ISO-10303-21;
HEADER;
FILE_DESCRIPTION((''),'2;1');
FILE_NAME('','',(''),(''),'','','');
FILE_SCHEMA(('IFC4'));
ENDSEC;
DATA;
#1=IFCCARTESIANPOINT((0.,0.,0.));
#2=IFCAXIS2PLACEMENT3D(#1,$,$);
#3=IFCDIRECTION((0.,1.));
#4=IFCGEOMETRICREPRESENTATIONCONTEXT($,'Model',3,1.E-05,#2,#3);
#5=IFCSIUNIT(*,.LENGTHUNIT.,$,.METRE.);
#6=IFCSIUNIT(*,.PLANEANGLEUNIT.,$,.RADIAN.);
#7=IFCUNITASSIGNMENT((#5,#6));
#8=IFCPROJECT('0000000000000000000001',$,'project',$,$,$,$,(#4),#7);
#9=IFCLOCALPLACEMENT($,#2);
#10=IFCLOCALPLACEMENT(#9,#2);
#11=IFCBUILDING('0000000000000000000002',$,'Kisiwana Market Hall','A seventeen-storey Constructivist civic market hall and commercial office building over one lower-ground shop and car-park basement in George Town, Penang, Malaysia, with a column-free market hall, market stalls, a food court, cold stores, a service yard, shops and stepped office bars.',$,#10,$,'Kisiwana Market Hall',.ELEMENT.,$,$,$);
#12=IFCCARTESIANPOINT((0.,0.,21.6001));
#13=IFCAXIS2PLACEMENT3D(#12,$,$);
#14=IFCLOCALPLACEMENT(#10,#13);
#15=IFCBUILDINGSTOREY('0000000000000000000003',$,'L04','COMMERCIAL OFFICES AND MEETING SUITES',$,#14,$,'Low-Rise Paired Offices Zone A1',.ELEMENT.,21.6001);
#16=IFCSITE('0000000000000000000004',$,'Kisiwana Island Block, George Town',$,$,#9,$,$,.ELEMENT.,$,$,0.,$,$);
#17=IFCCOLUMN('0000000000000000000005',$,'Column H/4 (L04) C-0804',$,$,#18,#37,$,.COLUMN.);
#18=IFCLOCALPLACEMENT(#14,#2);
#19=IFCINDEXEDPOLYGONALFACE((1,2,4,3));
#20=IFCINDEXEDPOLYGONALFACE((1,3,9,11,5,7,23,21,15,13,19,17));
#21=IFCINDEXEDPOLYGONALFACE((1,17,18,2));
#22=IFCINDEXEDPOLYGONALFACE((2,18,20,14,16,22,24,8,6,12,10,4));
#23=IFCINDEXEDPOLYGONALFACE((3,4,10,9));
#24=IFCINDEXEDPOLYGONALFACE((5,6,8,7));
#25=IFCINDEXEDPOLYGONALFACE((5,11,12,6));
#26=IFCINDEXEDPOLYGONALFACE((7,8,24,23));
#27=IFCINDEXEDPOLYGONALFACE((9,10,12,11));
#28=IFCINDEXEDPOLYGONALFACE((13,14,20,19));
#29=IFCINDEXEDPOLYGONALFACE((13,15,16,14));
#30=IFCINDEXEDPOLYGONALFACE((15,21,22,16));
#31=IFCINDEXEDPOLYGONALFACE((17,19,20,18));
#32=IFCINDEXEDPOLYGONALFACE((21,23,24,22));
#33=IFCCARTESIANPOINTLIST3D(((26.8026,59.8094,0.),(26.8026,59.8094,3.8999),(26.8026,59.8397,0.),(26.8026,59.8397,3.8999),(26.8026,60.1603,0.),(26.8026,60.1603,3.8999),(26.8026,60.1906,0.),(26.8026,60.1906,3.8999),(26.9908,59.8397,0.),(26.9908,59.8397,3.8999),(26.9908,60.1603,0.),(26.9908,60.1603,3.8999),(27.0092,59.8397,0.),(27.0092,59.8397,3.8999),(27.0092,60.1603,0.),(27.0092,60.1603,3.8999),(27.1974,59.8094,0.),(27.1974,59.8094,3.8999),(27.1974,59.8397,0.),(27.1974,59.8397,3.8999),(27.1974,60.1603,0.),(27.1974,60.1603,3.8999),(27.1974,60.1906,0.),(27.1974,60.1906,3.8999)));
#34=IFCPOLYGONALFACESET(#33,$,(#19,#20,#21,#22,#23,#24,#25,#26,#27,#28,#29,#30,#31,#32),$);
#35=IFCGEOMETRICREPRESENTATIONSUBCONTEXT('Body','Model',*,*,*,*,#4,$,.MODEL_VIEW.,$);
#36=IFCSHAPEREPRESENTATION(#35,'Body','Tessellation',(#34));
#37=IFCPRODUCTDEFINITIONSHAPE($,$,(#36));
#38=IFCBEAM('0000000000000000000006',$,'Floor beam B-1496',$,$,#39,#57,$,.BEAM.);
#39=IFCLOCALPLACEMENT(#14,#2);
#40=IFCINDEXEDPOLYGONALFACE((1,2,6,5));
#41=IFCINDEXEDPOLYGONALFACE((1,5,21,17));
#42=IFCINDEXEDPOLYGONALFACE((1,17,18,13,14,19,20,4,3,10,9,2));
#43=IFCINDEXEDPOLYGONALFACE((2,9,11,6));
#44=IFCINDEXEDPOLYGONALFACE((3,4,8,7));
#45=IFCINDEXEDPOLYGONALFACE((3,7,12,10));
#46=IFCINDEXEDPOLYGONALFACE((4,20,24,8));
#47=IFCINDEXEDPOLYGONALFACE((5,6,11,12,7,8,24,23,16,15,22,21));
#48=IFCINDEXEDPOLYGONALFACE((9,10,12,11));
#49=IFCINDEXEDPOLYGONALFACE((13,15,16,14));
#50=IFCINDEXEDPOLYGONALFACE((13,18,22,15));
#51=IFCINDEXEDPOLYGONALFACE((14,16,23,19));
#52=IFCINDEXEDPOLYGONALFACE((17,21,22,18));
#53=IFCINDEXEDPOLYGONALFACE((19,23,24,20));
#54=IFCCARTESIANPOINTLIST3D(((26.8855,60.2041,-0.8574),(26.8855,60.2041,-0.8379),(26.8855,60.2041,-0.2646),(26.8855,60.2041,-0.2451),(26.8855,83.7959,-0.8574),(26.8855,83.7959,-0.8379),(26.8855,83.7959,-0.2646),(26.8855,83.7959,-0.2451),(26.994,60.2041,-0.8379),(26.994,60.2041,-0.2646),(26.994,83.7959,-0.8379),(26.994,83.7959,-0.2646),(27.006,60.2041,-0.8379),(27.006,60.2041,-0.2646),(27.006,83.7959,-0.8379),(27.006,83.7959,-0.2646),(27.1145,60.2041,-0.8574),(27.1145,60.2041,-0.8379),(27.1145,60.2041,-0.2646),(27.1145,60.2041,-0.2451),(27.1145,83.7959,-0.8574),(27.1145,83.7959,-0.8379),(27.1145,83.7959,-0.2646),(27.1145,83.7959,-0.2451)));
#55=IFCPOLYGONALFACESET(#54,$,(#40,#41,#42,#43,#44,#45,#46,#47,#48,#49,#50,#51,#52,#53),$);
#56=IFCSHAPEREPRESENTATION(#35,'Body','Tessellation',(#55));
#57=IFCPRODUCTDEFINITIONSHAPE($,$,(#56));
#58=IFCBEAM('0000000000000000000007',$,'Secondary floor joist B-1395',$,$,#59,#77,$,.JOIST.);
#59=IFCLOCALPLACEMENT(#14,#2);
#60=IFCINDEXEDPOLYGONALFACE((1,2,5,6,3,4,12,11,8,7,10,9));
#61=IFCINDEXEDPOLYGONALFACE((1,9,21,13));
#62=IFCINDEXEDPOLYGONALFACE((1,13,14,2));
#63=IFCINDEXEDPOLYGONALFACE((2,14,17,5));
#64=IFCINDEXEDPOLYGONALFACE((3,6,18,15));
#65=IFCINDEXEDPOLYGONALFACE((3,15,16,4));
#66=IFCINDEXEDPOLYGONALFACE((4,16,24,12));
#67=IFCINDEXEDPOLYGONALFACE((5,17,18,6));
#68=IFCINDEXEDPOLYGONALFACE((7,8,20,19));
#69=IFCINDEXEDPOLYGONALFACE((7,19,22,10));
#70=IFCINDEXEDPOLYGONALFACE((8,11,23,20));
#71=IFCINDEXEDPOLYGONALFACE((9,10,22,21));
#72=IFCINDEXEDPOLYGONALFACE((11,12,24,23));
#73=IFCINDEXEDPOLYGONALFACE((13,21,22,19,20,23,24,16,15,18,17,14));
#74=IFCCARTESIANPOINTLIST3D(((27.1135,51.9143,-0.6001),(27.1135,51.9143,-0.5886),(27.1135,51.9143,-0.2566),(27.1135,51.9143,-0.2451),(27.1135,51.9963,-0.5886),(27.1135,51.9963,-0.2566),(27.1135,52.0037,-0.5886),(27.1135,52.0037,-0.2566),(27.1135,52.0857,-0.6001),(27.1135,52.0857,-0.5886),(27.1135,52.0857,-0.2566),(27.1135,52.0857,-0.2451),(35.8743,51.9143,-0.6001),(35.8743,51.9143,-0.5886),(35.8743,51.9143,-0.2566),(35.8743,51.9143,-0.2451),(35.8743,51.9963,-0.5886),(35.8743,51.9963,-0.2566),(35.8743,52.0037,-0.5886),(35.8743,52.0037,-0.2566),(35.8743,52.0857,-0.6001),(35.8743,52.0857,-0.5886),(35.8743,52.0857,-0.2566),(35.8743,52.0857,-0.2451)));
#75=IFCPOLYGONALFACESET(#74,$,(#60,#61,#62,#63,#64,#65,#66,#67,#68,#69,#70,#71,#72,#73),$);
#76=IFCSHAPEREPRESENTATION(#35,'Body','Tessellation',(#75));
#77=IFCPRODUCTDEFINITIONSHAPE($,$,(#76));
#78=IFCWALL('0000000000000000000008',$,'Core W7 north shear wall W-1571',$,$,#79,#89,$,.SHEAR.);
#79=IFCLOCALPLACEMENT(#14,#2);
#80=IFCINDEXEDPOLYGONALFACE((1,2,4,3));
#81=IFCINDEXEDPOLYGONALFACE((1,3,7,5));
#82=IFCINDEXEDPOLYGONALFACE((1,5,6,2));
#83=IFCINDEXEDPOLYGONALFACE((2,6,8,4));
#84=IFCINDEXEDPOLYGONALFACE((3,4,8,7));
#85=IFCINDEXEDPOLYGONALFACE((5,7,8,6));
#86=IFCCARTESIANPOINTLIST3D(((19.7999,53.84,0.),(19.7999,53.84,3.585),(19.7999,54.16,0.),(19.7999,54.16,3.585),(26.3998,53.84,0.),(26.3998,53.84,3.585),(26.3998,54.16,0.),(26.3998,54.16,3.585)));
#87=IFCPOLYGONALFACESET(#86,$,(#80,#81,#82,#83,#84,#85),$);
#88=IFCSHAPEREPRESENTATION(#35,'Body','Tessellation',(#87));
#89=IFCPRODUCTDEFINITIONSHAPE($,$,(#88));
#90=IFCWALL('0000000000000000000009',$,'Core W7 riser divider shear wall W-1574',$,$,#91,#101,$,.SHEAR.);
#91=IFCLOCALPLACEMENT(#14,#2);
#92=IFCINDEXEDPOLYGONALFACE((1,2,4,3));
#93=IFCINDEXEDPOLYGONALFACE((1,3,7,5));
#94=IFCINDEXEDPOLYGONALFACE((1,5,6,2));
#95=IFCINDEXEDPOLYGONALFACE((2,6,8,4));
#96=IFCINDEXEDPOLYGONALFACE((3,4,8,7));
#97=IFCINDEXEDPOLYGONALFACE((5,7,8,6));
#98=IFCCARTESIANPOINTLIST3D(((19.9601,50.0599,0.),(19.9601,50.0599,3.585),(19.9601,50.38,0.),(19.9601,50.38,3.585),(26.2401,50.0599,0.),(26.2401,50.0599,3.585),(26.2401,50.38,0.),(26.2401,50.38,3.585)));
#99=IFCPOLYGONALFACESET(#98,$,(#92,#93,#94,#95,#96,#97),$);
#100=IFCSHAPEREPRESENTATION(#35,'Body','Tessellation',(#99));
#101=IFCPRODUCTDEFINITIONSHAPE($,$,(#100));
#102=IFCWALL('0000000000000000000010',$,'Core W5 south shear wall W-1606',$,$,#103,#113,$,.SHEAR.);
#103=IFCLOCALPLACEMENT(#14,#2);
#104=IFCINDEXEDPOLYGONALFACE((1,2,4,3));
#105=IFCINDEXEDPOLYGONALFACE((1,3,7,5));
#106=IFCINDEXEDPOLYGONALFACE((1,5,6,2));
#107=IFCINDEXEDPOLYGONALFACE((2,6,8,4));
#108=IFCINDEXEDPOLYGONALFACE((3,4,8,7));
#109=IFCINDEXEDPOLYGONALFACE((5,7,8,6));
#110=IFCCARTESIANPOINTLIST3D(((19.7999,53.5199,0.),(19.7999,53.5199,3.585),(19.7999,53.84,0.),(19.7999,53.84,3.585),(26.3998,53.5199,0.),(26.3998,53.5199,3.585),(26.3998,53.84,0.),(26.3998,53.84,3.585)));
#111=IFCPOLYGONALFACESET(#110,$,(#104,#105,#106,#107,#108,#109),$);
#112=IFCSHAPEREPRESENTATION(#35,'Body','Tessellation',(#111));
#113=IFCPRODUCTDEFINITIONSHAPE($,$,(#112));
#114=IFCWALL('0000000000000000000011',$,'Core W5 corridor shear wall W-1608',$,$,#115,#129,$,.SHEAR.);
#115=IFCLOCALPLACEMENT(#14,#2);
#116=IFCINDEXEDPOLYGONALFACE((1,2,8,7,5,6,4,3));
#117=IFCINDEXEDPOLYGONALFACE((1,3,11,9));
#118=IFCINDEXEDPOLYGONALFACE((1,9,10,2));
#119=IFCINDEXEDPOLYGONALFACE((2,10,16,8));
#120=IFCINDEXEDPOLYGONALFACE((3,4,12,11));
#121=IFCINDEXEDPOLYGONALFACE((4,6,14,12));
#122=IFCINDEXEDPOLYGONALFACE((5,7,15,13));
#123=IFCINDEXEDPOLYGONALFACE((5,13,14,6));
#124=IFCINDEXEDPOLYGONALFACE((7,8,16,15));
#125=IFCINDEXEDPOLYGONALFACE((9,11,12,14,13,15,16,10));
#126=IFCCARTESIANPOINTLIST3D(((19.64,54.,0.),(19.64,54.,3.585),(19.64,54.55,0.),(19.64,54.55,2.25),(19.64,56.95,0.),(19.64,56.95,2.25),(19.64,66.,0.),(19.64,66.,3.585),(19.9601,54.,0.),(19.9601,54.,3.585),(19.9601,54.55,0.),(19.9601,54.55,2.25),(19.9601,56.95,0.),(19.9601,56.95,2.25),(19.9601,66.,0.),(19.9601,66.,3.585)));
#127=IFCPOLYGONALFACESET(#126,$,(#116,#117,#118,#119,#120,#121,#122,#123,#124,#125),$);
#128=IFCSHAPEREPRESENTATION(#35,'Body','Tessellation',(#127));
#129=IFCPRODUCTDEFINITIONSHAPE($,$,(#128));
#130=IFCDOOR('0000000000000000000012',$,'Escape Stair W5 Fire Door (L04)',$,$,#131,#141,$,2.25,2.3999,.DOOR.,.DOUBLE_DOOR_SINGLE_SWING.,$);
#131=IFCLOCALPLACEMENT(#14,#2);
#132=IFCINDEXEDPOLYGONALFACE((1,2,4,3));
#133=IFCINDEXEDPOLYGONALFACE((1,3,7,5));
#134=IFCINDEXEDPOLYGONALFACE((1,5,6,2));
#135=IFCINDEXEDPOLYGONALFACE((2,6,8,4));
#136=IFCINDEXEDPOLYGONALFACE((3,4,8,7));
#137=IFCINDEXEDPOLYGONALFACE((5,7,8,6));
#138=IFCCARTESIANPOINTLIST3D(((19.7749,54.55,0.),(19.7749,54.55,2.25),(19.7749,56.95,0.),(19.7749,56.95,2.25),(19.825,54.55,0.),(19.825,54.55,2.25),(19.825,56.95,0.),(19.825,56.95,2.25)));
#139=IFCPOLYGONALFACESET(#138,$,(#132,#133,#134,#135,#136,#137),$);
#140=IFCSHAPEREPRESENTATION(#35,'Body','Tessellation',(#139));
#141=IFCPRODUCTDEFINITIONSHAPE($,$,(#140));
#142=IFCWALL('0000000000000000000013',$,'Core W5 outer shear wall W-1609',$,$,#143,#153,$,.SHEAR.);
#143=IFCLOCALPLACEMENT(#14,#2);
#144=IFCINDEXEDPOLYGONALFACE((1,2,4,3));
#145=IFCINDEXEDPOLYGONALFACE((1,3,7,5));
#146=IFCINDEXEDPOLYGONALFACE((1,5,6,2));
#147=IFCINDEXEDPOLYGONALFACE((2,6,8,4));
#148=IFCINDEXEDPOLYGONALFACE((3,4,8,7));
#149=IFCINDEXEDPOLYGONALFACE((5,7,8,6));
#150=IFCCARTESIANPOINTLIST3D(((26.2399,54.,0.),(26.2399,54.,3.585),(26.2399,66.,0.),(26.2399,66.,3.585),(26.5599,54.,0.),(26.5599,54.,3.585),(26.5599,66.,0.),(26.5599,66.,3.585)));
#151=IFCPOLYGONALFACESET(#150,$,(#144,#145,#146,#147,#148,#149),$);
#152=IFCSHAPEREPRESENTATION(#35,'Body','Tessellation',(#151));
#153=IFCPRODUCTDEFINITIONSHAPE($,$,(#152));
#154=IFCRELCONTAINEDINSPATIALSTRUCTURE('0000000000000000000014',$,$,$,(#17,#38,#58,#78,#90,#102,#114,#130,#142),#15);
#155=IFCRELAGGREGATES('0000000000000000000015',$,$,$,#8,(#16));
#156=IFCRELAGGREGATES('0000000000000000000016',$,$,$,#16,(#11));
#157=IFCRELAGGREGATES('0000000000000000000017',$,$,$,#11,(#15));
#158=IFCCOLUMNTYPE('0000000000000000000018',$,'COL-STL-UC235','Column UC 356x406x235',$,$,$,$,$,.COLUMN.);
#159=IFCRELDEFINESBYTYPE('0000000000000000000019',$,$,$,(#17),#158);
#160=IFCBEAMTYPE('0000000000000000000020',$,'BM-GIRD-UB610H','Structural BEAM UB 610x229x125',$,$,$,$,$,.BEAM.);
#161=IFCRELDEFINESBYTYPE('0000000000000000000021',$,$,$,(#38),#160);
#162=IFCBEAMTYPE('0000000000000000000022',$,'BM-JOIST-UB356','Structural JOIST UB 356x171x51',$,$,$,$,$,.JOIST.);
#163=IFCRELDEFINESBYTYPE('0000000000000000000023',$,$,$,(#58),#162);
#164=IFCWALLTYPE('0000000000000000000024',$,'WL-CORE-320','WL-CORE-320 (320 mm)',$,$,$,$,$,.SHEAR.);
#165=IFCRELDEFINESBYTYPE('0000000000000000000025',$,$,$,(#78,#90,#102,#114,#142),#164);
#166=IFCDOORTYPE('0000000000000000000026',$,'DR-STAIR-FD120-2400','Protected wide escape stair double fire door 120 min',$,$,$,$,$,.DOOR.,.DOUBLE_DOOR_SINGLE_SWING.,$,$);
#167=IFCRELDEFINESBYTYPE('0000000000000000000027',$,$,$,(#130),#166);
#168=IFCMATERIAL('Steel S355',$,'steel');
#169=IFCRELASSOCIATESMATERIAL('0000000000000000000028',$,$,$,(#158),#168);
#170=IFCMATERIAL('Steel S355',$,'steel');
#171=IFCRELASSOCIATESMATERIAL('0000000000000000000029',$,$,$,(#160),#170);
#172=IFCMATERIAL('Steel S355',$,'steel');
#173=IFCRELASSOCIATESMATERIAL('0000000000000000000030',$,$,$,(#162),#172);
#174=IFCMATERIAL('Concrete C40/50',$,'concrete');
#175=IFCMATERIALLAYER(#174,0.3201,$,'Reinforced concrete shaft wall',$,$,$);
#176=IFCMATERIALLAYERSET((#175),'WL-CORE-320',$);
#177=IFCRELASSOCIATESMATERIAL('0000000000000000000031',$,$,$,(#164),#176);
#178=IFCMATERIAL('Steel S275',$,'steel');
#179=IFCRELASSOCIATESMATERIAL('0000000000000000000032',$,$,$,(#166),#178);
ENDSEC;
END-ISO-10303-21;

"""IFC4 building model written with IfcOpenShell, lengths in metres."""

from ifc_helpers import new_model, si_unit, direction, frame, frame_2d, origin, origin_2d, place, context, subcontext, project, spatial, rectangle, i_section, extrude, material, layer, layer_set, material_profile, profile_set, type_object, element, fill, save


model = new_model("IFC4")

# Units and contexts
model_context = context("Model", 3, precision=1e-05, world=origin(), true_north=direction((0.0, 1.0)))
body_context = subcontext(model_context, "Body", "Model", "MODEL_VIEW")
ifc_project = project(units=[si_unit("LENGTHUNIT", "METRE"), si_unit("PLANEANGLEUNIT", "RADIAN")], contexts=[model_context])

# Site, building, storey
site_placement = place(None, origin())
site = spatial("IfcSite", under=ifc_project, at=site_placement, Name="Kisiwana Island Block, George Town", CompositionType="ELEMENT", RefElevation=0.0)
building_placement = place(site_placement, origin())
building = spatial("IfcBuilding", under=site, at=building_placement, Name="Kisiwana Market Hall", Description="A seventeen-storey Constructivist civic market hall and commercial office building over one lower-ground shop and car-park basement in George Town, Penang, Malaysia, with a column-free market hall, market stalls, a food court, cold stores, a service yard, shops and stepped office bars.", LongName="Kisiwana Market Hall", CompositionType="ELEMENT")
storey_placement = place(building_placement, frame((0.0, 0.0, 21.6001)))
storey = spatial("IfcBuildingStorey", under=building, at=storey_placement, Name="L04", Description="COMMERCIAL OFFICES AND MEETING SUITES", LongName="Low-Rise Paired Offices Zone A1", CompositionType="ELEMENT", Elevation=21.6001)

# Column
ifc_material_1 = material(Name="Steel S355", Category="steel")
ifc_material_profile_1 = material_profile(ifc_material_1, i_section(OverallWidth=0.3948, OverallDepth=0.3811, WebThickness=0.0183, FlangeThickness=0.0303, at=origin_2d()), Name="UC 356x406x235")
ifc_profile_set_1 = profile_set([ifc_material_profile_1], Name="Steel S355")
column_type = type_object("IfcColumnType", Name="COL-STL-UC235", Description="Column UC 356x406x235", PredefinedType="COLUMN", material=ifc_profile_set_1)
column_placement = place(storey_placement, frame((27.0, 60.0, 0.0), z_axis=(0.0, 0.0, 1.0), x_axis=(1.0, 0.0, 0.0)))
element("IfcColumn", 1, at=column_placement, inside=storey, type_object=column_type, Name="Column H/4 (L04) C-0804", PredefinedType="COLUMN", context=body_context, shape_type="SweptSolid", body=[
    extrude(i_section(OverallWidth=0.3948, OverallDepth=0.3811, WebThickness=0.0183, FlangeThickness=0.0303, at=origin_2d()), origin(), (0.0, 0.0, 1.0), 3.8999),
])

# Beams
ifc_material_2 = material(Name="Steel S355", Category="steel")
ifc_material_profile_2 = material_profile(ifc_material_2, i_section(OverallWidth=0.229, OverallDepth=0.6123, WebThickness=0.012, FlangeThickness=0.0195, at=origin_2d()), Name="UB 610x229x125")
ifc_profile_set_2 = profile_set([ifc_material_profile_2], Name="Steel S355")
beam_type_1 = type_object("IfcBeamType", Name="BM-GIRD-UB610H", Description="Structural BEAM UB 610x229x125", PredefinedType="BEAM", material=ifc_profile_set_2)
beam_1_placement = place(storey_placement, frame((27.0, 60.2041, -0.5513), z_axis=(0.0, 1.0, 0.0), x_axis=(-1.0, 0.0, 0.0)))
element("IfcBeam", 2, at=beam_1_placement, inside=storey, type_object=beam_type_1, Name="Floor beam B-1496", PredefinedType="BEAM", context=body_context, shape_type="SweptSolid", body=[
    extrude(i_section(OverallWidth=0.229, OverallDepth=0.6123, WebThickness=0.012, FlangeThickness=0.0195, at=origin_2d()), origin(), (0.0, 0.0, 1.0), 23.5918),
])
ifc_material_3 = material(Name="Steel S355", Category="steel")
ifc_material_profile_3 = material_profile(ifc_material_3, i_section(OverallWidth=0.1714, OverallDepth=0.355, WebThickness=0.0073, FlangeThickness=0.0115, at=origin_2d()), Name="UB 356x171x51")
ifc_profile_set_3 = profile_set([ifc_material_profile_3], Name="Steel S355")
beam_type_2 = type_object("IfcBeamType", Name="BM-JOIST-UB356", Description="Structural JOIST UB 356x171x51", PredefinedType="JOIST", material=ifc_profile_set_3)
beam_2_placement = place(storey_placement, frame((27.1135, 52.0, -0.4226), z_axis=(1.0, 0.0, 0.0), x_axis=(0.0, 1.0, 0.0)))
element("IfcBeam", 3, at=beam_2_placement, inside=storey, type_object=beam_type_2, Name="Secondary floor joist B-1395", PredefinedType="JOIST", context=body_context, shape_type="SweptSolid", body=[
    extrude(i_section(OverallWidth=0.1714, OverallDepth=0.355, WebThickness=0.0073, FlangeThickness=0.0115, at=origin_2d()), origin(), (0.0, 0.0, 1.0), 8.7607),
])

# Walls
ifc_material_4 = material(Name="Concrete C40/50", Category="concrete")
ifc_layer_1 = layer(ifc_material_4, 0.3201, Name="Reinforced concrete shaft wall")
ifc_layer_set_1 = layer_set([ifc_layer_1], Name="WL-CORE-320")
wall_type_1 = type_object("IfcWallType", Name="WL-CORE-320", Description="WL-CORE-320 (320 mm)", PredefinedType="SHEAR", material=ifc_layer_set_1)
wall_1_placement = place(storey_placement, frame((19.8, 54.0, 0.0), z_axis=(0.0, 0.0, 1.0), x_axis=(1.0, 0.0, 0.0)))
element("IfcWall", 4, at=wall_1_placement, inside=storey, type_object=wall_type_1, Name="Core W7 north shear wall W-1571", PredefinedType="SHEAR", context=body_context, shape_type="SweptSolid", body=[
    extrude(rectangle(XDim=6.5999, YDim=0.3201, at=frame_2d((3.2998, 0.0))), origin(), (0.0, 0.0, 1.0), 3.585),
])
wall_2_placement = place(storey_placement, frame((19.96, 50.22, 0.0), z_axis=(0.0, 0.0, 1.0), x_axis=(1.0, 0.0, 0.0)))
element("IfcWall", 5, at=wall_2_placement, inside=storey, type_object=wall_type_1, Name="Core W7 riser divider shear wall W-1574", PredefinedType="SHEAR", context=body_context, shape_type="SweptSolid", body=[
    extrude(rectangle(XDim=6.28, YDim=0.3201, at=frame_2d((3.1401, 0.0))), origin(), (0.0, 0.0, 1.0), 3.585),
])
wall_3_placement = place(storey_placement, frame((19.8, 53.6799, 0.0), z_axis=(0.0, 0.0, 1.0), x_axis=(1.0, 0.0, 0.0)))
element("IfcWall", 6, at=wall_3_placement, inside=storey, type_object=wall_type_1, Name="Core W5 south shear wall W-1606", PredefinedType="SHEAR", context=body_context, shape_type="SweptSolid", body=[
    extrude(rectangle(XDim=6.5999, YDim=0.3201, at=frame_2d((3.2998, 0.0))), origin(), (0.0, 0.0, 1.0), 3.585),
])

# Wall, opening, door
wall_4_placement = place(storey_placement, frame((19.8, 54.0, 0.0), z_axis=(0.0, 0.0, 1.0), x_axis=(0.0, 1.0, 0.0)))
wall_4 = element("IfcWall", 7, at=wall_4_placement, inside=storey, type_object=wall_type_1, Name="Core W5 corridor shear wall W-1608", PredefinedType="SHEAR", context=body_context, shape_type="SweptSolid", body=[
    extrude(rectangle(XDim=12.0, YDim=0.3201, at=frame_2d((6.0, 0.0))), origin(), (0.0, 0.0, 1.0), 3.585),
])
opening_1_placement = place(wall_4_placement, frame((0.55, 0.0, 0.0)))
opening_1 = element("IfcOpeningElement", 8, at=opening_1_placement, cuts=wall_4, PredefinedType="OPENING", context=body_context, shape_type="SweptSolid", body=[
    extrude(rectangle(XDim=2.3999, YDim=2.25, at=frame_2d((1.2, 1.125))), frame((0.0, 0.1719, 0.0), z_axis=(0.0, -1.0, 0.0), x_axis=(1.0, 0.0, 0.0)), (0.0, 0.0, 1.0), 0.344),
])
ifc_material_5 = material(Name="Steel S275", Category="steel")
door_type_1 = type_object("IfcDoorType", Name="DR-STAIR-FD120-2400", Description="Protected wide escape stair double fire door 120 min", OperationType="DOUBLE_DOOR_SINGLE_SWING", PredefinedType="DOOR", material=ifc_material_5)
door_1_placement = place(opening_1_placement, frame((2.3999, 0.0, 0.0), z_axis=(0.0, 0.0, 1.0), x_axis=(-1.0, 0.0, 0.0)))
door_1 = element("IfcDoor", 9, at=door_1_placement, inside=storey, type_object=door_type_1, Name="Escape Stair W5 Fire Door (L04)", OperationType="DOUBLE_DOOR_SINGLE_SWING", OverallHeight=2.25, OverallWidth=2.3999, PredefinedType="DOOR", context=body_context, shape_type="SweptSolid", body=[
    extrude(rectangle(XDim=2.3999, YDim=2.25, at=frame_2d((1.2, 1.125))), frame((0.0, 0.0249, 0.0), z_axis=(0.0, -1.0, 0.0), x_axis=(1.0, 0.0, 0.0)), (0.0, 0.0, 1.0), 0.05),
])
fill(opening_1, door_1)

# Wall
wall_5_placement = place(storey_placement, frame((26.3999, 54.0, 0.0), z_axis=(0.0, 0.0, 1.0), x_axis=(0.0, 1.0, 0.0)))
element("IfcWall", 10, at=wall_5_placement, inside=storey, type_object=wall_type_1, Name="Core W5 outer shear wall W-1609", PredefinedType="SHEAR", context=body_context, shape_type="SweptSolid", body=[
    extrude(rectangle(XDim=12.0, YDim=0.3201, at=frame_2d((6.0, 0.0))), origin(), (0.0, 0.0, 1.0), 3.585),
])

save(model, "model.ifc")
